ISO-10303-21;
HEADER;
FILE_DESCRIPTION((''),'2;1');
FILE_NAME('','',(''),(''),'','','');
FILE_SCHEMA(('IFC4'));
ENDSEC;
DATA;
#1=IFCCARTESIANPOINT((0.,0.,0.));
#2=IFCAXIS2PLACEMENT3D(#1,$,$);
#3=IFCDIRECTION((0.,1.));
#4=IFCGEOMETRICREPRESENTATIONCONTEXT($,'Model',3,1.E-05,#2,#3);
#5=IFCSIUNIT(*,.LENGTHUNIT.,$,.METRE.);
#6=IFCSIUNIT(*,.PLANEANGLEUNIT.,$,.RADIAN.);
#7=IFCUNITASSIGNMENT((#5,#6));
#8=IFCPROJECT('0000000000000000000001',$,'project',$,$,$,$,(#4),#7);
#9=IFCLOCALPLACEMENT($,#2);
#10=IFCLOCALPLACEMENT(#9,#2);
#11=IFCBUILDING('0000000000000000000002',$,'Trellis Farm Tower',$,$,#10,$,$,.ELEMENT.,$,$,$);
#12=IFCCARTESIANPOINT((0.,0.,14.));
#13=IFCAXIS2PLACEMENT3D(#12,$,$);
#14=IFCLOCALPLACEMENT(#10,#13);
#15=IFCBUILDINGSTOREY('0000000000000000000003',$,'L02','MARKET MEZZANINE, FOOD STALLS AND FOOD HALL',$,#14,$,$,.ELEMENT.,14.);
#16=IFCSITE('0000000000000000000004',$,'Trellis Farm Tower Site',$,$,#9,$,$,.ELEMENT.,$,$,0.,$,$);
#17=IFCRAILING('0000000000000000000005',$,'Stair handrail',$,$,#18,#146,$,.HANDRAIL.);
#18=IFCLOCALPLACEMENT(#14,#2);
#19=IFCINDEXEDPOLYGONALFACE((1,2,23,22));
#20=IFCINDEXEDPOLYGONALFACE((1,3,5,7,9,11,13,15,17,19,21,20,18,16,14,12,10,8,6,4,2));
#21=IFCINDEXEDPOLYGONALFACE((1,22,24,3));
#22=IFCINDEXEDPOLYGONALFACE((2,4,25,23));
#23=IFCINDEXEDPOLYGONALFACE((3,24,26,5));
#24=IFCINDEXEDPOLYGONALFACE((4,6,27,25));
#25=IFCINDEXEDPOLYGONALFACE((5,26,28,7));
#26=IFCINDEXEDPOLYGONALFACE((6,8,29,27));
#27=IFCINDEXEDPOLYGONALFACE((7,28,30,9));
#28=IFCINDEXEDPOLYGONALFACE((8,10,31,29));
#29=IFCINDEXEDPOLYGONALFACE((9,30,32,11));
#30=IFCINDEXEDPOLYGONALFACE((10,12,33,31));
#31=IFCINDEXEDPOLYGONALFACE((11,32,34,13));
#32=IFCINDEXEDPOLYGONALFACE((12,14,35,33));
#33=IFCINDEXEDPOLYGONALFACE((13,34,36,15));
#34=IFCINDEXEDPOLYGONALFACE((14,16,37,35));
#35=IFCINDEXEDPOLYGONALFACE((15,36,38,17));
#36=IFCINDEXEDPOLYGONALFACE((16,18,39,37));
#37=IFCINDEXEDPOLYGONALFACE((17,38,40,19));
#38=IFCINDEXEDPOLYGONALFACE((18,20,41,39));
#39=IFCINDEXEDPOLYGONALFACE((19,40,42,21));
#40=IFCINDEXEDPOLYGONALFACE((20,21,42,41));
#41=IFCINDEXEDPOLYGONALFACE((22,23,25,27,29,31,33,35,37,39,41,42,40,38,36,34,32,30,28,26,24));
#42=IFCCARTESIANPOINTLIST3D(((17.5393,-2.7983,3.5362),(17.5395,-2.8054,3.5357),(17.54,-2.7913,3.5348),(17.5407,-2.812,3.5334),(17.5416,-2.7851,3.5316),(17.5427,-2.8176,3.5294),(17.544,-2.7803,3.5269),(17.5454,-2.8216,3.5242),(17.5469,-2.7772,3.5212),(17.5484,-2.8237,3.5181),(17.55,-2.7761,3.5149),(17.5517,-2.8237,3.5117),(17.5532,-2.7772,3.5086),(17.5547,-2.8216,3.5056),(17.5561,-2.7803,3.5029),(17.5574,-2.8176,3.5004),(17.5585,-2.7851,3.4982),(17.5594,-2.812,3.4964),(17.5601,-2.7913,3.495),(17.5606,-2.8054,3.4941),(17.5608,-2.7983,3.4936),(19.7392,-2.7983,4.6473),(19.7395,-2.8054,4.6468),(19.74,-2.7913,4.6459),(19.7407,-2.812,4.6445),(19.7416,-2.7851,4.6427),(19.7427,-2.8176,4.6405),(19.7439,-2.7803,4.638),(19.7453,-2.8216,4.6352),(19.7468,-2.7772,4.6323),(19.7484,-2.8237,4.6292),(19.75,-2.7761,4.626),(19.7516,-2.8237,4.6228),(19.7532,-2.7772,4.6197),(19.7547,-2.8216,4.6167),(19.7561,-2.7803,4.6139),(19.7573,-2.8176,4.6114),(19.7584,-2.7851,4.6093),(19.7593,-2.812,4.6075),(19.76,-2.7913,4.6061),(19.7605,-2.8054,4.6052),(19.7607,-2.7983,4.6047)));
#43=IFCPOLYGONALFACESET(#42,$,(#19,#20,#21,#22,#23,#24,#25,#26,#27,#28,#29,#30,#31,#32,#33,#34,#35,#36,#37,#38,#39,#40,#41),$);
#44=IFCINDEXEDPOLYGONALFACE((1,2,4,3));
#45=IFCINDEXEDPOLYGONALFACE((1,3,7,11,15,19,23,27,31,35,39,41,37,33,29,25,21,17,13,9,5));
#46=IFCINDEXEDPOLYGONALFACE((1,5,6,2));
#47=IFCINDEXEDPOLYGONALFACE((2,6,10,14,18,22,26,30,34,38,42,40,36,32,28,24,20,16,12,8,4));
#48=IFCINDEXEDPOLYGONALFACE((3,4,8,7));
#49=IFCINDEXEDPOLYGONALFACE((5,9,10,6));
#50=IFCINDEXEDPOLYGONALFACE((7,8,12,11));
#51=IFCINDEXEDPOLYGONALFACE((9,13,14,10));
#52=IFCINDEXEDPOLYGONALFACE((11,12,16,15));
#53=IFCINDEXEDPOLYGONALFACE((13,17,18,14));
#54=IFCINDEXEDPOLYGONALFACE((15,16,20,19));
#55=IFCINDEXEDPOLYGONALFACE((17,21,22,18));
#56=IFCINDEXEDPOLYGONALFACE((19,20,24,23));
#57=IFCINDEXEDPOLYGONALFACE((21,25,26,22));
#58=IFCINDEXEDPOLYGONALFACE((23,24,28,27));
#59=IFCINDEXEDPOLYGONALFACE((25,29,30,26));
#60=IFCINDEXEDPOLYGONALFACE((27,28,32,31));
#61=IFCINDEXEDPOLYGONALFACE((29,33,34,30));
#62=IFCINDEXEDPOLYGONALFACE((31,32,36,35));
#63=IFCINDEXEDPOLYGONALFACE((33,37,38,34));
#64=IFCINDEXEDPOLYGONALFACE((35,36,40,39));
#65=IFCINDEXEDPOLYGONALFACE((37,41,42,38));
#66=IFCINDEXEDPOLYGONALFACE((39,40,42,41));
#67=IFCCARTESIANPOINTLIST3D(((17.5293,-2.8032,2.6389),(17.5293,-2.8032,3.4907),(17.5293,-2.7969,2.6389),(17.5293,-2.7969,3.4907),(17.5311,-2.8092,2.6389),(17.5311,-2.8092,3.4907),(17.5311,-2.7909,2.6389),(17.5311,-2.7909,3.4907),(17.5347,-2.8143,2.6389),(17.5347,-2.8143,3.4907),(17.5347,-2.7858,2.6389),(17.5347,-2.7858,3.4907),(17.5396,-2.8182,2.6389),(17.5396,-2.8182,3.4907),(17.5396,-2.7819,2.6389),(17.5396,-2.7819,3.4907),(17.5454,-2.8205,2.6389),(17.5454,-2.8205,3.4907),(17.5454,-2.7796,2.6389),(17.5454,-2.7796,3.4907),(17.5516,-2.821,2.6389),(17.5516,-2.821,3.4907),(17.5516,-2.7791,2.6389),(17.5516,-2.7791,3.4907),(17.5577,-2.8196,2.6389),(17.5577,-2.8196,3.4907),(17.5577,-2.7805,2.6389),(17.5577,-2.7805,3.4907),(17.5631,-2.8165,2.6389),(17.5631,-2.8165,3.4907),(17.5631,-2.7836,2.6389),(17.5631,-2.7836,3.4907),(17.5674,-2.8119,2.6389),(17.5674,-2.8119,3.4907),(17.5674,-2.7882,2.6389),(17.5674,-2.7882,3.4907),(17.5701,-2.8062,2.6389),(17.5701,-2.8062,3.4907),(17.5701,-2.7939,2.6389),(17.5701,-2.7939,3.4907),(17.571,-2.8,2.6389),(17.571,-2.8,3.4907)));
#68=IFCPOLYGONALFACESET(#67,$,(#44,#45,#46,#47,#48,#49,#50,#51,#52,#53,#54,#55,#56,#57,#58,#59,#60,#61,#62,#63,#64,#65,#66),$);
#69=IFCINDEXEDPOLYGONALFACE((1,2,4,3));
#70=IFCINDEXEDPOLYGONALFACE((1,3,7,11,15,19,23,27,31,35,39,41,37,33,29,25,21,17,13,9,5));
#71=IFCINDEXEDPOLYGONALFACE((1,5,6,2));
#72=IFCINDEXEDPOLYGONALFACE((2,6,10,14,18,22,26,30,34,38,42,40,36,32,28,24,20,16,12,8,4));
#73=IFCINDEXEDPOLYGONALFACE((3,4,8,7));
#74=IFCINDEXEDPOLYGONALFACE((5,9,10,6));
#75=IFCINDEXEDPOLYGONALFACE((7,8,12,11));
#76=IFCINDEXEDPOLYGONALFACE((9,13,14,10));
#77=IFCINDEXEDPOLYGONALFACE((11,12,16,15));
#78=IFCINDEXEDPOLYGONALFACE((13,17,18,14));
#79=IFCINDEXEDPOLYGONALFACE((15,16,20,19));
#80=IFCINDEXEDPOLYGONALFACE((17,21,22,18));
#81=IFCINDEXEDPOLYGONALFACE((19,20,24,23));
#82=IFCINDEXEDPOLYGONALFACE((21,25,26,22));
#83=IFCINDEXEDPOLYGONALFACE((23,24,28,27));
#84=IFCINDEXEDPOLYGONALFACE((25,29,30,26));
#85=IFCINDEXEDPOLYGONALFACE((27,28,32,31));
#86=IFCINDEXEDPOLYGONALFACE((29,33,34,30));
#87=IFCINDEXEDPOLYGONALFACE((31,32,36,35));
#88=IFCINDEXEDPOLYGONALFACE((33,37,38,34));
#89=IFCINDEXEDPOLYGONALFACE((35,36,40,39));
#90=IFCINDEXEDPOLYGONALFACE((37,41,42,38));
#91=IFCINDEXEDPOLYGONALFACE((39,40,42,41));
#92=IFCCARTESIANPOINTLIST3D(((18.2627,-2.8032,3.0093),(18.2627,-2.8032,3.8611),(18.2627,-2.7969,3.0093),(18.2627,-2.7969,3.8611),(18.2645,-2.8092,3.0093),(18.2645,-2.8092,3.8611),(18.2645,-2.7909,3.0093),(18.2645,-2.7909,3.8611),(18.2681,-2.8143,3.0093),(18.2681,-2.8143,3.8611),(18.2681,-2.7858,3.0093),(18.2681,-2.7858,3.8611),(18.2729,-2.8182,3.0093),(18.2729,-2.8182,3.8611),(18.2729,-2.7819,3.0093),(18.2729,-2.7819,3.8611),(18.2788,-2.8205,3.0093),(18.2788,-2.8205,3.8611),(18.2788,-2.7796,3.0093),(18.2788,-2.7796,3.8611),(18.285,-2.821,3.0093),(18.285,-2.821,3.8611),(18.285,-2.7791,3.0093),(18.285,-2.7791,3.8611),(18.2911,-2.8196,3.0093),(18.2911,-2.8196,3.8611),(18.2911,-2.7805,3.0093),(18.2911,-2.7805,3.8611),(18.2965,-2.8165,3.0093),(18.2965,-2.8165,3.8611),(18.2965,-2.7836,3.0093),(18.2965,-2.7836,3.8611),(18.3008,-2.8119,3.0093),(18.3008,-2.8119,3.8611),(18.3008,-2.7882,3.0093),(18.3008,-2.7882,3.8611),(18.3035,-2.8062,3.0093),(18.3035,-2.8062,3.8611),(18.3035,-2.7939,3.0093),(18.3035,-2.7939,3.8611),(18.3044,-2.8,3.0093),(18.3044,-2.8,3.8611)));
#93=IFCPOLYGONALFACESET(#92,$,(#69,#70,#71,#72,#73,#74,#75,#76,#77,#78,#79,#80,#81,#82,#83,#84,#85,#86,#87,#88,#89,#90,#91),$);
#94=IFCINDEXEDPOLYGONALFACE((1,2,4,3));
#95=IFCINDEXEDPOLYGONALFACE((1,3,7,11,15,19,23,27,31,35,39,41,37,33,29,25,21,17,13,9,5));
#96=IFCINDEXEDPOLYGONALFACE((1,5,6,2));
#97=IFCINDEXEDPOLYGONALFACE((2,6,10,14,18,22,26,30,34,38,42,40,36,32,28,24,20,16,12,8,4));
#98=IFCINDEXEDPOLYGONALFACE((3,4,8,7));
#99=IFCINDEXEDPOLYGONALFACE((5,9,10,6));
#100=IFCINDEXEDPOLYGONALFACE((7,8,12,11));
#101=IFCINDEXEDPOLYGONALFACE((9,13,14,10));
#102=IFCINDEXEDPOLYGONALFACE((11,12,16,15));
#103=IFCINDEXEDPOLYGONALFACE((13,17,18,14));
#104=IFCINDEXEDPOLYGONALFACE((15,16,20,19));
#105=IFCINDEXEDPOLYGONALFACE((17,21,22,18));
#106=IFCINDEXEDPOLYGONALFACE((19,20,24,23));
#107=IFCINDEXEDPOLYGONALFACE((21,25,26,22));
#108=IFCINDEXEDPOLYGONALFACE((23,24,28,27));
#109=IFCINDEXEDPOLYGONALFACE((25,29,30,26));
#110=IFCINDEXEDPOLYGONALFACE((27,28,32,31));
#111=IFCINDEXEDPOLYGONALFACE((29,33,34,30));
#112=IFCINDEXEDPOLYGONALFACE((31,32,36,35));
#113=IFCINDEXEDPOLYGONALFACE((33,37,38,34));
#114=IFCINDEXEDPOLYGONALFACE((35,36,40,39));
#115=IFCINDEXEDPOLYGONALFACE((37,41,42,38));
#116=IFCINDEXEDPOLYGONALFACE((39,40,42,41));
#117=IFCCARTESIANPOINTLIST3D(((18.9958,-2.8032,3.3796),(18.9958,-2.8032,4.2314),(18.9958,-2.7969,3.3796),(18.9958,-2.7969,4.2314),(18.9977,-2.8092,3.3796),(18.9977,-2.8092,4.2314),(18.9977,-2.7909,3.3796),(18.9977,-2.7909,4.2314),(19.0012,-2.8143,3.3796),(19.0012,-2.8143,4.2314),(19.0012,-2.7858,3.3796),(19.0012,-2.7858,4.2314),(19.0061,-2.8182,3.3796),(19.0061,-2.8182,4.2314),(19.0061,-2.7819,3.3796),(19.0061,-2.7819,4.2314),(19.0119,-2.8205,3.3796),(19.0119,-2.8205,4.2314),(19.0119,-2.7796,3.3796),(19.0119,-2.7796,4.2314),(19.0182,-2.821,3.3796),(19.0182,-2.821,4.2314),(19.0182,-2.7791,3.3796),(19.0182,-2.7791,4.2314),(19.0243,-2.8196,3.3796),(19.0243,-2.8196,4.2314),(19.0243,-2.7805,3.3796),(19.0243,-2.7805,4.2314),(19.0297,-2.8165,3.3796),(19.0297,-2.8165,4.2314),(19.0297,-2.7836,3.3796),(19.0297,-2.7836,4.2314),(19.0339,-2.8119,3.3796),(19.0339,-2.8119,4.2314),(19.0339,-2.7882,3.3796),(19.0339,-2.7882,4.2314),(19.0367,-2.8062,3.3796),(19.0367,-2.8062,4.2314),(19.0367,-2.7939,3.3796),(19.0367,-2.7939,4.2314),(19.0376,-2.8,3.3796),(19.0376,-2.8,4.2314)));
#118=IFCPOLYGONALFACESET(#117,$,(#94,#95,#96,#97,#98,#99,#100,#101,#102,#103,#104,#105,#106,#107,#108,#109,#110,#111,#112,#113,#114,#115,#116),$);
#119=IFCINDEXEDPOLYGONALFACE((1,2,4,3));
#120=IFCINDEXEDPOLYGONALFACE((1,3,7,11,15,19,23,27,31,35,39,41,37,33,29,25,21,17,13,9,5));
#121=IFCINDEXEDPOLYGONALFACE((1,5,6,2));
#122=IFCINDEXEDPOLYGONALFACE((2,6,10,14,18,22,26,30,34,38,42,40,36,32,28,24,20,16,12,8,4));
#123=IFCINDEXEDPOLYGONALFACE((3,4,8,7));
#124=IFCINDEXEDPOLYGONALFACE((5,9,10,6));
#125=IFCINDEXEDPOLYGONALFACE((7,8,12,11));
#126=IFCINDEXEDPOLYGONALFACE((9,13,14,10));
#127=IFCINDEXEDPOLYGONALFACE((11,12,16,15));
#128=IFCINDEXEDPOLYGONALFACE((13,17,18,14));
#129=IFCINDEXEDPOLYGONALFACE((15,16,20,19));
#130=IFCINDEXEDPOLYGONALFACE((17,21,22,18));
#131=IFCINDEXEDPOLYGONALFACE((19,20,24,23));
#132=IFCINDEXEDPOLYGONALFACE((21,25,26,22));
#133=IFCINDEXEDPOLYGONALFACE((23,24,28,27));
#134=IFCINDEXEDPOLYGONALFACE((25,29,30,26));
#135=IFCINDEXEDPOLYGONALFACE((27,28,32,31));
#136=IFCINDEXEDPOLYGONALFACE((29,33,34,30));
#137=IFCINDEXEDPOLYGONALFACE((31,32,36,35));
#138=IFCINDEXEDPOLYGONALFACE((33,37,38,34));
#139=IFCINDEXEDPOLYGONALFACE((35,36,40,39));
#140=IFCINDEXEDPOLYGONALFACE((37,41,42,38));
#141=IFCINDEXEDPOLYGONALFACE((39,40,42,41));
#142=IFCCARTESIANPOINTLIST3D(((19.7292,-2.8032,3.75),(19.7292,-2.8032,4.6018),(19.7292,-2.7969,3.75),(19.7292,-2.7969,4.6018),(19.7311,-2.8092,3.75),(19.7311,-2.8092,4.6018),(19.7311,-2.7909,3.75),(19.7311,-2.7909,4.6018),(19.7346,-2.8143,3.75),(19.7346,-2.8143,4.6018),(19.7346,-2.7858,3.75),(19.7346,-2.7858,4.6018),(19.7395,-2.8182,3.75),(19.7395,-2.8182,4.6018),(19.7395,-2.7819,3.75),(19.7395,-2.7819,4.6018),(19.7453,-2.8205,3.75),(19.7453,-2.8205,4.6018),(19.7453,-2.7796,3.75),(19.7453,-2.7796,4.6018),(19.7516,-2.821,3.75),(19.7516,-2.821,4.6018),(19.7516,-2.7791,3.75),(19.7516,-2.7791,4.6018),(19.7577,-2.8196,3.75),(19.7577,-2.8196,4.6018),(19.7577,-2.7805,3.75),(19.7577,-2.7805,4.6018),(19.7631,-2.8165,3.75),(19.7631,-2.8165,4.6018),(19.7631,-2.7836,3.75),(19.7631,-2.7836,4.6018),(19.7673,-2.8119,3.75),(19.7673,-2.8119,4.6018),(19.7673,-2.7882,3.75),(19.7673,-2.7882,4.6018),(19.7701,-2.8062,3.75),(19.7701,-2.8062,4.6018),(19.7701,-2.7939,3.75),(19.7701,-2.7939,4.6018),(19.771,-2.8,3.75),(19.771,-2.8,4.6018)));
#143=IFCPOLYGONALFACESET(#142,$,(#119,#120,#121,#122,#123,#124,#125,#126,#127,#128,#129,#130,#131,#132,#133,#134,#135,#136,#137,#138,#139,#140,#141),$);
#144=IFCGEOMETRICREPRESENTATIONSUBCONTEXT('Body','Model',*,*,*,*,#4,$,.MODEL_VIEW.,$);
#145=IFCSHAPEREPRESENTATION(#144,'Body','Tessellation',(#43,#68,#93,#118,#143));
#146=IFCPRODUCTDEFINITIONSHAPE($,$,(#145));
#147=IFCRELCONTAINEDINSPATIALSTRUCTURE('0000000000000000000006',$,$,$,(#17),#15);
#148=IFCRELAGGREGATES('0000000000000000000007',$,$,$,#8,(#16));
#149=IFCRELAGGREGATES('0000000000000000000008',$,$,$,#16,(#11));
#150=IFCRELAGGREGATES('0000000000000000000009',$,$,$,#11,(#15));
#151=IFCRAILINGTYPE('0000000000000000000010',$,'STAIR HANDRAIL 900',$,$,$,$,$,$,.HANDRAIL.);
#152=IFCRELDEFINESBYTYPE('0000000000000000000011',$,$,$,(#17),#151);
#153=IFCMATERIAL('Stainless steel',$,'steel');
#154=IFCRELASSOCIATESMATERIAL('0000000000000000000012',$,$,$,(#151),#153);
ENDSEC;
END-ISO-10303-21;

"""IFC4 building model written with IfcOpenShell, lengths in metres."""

from ifc_helpers import new_model, si_unit, direction, frame, origin, origin_2d, place, context, subcontext, project, spatial, circle, extrude, source, transform, mapped, material, type_object, element, save


model = new_model("IFC4")

# Units and contexts
model_context = context("Model", 3, precision=1e-05, world=origin(), true_north=direction((0.0, 1.0)))
body_context = subcontext(model_context, "Body", "Model", "MODEL_VIEW")
ifc_project = project(units=[si_unit("LENGTHUNIT", "METRE"), si_unit("PLANEANGLEUNIT", "RADIAN")], contexts=[model_context])

# Site, building, storey
site_placement = place(None, origin())
site = spatial("IfcSite", under=ifc_project, at=site_placement, Name="Trellis Farm Tower Site", CompositionType="ELEMENT", RefElevation=0.0)
building_placement = place(site_placement, origin())
building = spatial("IfcBuilding", under=site, at=building_placement, Name="Trellis Farm Tower", CompositionType="ELEMENT")
storey_placement = place(building_placement, frame((0.0, 0.0, 14.0)))
storey = spatial("IfcBuildingStorey", under=building, at=storey_placement, Name="L02", Description="MARKET MEZZANINE, FOOD STALLS AND FOOD HALL", CompositionType="ELEMENT", Elevation=14.0)

# Shared definitions
ifc_material_1 = material(Name="Stainless steel", Category="steel")

# Railing
railing_type = type_object("IfcRailingType", Name="STAIR HANDRAIL 900", PredefinedType="HANDRAIL", material=ifc_material_1)
shared_shape_1 = source(origin(), body_context, "Body", "SweptSolid", [
    extrude(circle(Radius=0.0239, at=origin_2d()), frame((0.0, 0.0, 0.876), z_axis=(0.892617, 0.0, 0.450816), x_axis=(0.0, 1.0, 0.0)), (0.0, 0.0, 1.0), 2.4646),
    extrude(circle(Radius=0.021, at=origin_2d()), origin(), (0.0, 0.0, 1.0), 0.8518),
    extrude(circle(Radius=0.021, at=origin_2d()), frame((0.7334, 0.0, 0.3704)), (0.0, 0.0, 1.0), 0.8518),
    extrude(circle(Radius=0.021, at=origin_2d()), frame((1.4666, 0.0, 0.7407)), (0.0, 0.0, 1.0), 0.8518),
    extrude(circle(Radius=0.021, at=origin_2d()), frame((2.2, 0.0, 1.1111)), (0.0, 0.0, 1.0), 0.8518),
])
for number, where, name in (
    (1, (17.55, -2.8, 2.6389), "Stair handrail"),
):
    element("IfcRailing", number, at=place(storey_placement, frame(where)), inside=storey, type_object=railing_type, Name=name, PredefinedType="HANDRAIL", context=body_context, shape_type="MappedRepresentation", body=[
        mapped(shared_shape_1, transform((0.0, 0.0, 0.0))),
    ])

save(model, "model.ifc")
